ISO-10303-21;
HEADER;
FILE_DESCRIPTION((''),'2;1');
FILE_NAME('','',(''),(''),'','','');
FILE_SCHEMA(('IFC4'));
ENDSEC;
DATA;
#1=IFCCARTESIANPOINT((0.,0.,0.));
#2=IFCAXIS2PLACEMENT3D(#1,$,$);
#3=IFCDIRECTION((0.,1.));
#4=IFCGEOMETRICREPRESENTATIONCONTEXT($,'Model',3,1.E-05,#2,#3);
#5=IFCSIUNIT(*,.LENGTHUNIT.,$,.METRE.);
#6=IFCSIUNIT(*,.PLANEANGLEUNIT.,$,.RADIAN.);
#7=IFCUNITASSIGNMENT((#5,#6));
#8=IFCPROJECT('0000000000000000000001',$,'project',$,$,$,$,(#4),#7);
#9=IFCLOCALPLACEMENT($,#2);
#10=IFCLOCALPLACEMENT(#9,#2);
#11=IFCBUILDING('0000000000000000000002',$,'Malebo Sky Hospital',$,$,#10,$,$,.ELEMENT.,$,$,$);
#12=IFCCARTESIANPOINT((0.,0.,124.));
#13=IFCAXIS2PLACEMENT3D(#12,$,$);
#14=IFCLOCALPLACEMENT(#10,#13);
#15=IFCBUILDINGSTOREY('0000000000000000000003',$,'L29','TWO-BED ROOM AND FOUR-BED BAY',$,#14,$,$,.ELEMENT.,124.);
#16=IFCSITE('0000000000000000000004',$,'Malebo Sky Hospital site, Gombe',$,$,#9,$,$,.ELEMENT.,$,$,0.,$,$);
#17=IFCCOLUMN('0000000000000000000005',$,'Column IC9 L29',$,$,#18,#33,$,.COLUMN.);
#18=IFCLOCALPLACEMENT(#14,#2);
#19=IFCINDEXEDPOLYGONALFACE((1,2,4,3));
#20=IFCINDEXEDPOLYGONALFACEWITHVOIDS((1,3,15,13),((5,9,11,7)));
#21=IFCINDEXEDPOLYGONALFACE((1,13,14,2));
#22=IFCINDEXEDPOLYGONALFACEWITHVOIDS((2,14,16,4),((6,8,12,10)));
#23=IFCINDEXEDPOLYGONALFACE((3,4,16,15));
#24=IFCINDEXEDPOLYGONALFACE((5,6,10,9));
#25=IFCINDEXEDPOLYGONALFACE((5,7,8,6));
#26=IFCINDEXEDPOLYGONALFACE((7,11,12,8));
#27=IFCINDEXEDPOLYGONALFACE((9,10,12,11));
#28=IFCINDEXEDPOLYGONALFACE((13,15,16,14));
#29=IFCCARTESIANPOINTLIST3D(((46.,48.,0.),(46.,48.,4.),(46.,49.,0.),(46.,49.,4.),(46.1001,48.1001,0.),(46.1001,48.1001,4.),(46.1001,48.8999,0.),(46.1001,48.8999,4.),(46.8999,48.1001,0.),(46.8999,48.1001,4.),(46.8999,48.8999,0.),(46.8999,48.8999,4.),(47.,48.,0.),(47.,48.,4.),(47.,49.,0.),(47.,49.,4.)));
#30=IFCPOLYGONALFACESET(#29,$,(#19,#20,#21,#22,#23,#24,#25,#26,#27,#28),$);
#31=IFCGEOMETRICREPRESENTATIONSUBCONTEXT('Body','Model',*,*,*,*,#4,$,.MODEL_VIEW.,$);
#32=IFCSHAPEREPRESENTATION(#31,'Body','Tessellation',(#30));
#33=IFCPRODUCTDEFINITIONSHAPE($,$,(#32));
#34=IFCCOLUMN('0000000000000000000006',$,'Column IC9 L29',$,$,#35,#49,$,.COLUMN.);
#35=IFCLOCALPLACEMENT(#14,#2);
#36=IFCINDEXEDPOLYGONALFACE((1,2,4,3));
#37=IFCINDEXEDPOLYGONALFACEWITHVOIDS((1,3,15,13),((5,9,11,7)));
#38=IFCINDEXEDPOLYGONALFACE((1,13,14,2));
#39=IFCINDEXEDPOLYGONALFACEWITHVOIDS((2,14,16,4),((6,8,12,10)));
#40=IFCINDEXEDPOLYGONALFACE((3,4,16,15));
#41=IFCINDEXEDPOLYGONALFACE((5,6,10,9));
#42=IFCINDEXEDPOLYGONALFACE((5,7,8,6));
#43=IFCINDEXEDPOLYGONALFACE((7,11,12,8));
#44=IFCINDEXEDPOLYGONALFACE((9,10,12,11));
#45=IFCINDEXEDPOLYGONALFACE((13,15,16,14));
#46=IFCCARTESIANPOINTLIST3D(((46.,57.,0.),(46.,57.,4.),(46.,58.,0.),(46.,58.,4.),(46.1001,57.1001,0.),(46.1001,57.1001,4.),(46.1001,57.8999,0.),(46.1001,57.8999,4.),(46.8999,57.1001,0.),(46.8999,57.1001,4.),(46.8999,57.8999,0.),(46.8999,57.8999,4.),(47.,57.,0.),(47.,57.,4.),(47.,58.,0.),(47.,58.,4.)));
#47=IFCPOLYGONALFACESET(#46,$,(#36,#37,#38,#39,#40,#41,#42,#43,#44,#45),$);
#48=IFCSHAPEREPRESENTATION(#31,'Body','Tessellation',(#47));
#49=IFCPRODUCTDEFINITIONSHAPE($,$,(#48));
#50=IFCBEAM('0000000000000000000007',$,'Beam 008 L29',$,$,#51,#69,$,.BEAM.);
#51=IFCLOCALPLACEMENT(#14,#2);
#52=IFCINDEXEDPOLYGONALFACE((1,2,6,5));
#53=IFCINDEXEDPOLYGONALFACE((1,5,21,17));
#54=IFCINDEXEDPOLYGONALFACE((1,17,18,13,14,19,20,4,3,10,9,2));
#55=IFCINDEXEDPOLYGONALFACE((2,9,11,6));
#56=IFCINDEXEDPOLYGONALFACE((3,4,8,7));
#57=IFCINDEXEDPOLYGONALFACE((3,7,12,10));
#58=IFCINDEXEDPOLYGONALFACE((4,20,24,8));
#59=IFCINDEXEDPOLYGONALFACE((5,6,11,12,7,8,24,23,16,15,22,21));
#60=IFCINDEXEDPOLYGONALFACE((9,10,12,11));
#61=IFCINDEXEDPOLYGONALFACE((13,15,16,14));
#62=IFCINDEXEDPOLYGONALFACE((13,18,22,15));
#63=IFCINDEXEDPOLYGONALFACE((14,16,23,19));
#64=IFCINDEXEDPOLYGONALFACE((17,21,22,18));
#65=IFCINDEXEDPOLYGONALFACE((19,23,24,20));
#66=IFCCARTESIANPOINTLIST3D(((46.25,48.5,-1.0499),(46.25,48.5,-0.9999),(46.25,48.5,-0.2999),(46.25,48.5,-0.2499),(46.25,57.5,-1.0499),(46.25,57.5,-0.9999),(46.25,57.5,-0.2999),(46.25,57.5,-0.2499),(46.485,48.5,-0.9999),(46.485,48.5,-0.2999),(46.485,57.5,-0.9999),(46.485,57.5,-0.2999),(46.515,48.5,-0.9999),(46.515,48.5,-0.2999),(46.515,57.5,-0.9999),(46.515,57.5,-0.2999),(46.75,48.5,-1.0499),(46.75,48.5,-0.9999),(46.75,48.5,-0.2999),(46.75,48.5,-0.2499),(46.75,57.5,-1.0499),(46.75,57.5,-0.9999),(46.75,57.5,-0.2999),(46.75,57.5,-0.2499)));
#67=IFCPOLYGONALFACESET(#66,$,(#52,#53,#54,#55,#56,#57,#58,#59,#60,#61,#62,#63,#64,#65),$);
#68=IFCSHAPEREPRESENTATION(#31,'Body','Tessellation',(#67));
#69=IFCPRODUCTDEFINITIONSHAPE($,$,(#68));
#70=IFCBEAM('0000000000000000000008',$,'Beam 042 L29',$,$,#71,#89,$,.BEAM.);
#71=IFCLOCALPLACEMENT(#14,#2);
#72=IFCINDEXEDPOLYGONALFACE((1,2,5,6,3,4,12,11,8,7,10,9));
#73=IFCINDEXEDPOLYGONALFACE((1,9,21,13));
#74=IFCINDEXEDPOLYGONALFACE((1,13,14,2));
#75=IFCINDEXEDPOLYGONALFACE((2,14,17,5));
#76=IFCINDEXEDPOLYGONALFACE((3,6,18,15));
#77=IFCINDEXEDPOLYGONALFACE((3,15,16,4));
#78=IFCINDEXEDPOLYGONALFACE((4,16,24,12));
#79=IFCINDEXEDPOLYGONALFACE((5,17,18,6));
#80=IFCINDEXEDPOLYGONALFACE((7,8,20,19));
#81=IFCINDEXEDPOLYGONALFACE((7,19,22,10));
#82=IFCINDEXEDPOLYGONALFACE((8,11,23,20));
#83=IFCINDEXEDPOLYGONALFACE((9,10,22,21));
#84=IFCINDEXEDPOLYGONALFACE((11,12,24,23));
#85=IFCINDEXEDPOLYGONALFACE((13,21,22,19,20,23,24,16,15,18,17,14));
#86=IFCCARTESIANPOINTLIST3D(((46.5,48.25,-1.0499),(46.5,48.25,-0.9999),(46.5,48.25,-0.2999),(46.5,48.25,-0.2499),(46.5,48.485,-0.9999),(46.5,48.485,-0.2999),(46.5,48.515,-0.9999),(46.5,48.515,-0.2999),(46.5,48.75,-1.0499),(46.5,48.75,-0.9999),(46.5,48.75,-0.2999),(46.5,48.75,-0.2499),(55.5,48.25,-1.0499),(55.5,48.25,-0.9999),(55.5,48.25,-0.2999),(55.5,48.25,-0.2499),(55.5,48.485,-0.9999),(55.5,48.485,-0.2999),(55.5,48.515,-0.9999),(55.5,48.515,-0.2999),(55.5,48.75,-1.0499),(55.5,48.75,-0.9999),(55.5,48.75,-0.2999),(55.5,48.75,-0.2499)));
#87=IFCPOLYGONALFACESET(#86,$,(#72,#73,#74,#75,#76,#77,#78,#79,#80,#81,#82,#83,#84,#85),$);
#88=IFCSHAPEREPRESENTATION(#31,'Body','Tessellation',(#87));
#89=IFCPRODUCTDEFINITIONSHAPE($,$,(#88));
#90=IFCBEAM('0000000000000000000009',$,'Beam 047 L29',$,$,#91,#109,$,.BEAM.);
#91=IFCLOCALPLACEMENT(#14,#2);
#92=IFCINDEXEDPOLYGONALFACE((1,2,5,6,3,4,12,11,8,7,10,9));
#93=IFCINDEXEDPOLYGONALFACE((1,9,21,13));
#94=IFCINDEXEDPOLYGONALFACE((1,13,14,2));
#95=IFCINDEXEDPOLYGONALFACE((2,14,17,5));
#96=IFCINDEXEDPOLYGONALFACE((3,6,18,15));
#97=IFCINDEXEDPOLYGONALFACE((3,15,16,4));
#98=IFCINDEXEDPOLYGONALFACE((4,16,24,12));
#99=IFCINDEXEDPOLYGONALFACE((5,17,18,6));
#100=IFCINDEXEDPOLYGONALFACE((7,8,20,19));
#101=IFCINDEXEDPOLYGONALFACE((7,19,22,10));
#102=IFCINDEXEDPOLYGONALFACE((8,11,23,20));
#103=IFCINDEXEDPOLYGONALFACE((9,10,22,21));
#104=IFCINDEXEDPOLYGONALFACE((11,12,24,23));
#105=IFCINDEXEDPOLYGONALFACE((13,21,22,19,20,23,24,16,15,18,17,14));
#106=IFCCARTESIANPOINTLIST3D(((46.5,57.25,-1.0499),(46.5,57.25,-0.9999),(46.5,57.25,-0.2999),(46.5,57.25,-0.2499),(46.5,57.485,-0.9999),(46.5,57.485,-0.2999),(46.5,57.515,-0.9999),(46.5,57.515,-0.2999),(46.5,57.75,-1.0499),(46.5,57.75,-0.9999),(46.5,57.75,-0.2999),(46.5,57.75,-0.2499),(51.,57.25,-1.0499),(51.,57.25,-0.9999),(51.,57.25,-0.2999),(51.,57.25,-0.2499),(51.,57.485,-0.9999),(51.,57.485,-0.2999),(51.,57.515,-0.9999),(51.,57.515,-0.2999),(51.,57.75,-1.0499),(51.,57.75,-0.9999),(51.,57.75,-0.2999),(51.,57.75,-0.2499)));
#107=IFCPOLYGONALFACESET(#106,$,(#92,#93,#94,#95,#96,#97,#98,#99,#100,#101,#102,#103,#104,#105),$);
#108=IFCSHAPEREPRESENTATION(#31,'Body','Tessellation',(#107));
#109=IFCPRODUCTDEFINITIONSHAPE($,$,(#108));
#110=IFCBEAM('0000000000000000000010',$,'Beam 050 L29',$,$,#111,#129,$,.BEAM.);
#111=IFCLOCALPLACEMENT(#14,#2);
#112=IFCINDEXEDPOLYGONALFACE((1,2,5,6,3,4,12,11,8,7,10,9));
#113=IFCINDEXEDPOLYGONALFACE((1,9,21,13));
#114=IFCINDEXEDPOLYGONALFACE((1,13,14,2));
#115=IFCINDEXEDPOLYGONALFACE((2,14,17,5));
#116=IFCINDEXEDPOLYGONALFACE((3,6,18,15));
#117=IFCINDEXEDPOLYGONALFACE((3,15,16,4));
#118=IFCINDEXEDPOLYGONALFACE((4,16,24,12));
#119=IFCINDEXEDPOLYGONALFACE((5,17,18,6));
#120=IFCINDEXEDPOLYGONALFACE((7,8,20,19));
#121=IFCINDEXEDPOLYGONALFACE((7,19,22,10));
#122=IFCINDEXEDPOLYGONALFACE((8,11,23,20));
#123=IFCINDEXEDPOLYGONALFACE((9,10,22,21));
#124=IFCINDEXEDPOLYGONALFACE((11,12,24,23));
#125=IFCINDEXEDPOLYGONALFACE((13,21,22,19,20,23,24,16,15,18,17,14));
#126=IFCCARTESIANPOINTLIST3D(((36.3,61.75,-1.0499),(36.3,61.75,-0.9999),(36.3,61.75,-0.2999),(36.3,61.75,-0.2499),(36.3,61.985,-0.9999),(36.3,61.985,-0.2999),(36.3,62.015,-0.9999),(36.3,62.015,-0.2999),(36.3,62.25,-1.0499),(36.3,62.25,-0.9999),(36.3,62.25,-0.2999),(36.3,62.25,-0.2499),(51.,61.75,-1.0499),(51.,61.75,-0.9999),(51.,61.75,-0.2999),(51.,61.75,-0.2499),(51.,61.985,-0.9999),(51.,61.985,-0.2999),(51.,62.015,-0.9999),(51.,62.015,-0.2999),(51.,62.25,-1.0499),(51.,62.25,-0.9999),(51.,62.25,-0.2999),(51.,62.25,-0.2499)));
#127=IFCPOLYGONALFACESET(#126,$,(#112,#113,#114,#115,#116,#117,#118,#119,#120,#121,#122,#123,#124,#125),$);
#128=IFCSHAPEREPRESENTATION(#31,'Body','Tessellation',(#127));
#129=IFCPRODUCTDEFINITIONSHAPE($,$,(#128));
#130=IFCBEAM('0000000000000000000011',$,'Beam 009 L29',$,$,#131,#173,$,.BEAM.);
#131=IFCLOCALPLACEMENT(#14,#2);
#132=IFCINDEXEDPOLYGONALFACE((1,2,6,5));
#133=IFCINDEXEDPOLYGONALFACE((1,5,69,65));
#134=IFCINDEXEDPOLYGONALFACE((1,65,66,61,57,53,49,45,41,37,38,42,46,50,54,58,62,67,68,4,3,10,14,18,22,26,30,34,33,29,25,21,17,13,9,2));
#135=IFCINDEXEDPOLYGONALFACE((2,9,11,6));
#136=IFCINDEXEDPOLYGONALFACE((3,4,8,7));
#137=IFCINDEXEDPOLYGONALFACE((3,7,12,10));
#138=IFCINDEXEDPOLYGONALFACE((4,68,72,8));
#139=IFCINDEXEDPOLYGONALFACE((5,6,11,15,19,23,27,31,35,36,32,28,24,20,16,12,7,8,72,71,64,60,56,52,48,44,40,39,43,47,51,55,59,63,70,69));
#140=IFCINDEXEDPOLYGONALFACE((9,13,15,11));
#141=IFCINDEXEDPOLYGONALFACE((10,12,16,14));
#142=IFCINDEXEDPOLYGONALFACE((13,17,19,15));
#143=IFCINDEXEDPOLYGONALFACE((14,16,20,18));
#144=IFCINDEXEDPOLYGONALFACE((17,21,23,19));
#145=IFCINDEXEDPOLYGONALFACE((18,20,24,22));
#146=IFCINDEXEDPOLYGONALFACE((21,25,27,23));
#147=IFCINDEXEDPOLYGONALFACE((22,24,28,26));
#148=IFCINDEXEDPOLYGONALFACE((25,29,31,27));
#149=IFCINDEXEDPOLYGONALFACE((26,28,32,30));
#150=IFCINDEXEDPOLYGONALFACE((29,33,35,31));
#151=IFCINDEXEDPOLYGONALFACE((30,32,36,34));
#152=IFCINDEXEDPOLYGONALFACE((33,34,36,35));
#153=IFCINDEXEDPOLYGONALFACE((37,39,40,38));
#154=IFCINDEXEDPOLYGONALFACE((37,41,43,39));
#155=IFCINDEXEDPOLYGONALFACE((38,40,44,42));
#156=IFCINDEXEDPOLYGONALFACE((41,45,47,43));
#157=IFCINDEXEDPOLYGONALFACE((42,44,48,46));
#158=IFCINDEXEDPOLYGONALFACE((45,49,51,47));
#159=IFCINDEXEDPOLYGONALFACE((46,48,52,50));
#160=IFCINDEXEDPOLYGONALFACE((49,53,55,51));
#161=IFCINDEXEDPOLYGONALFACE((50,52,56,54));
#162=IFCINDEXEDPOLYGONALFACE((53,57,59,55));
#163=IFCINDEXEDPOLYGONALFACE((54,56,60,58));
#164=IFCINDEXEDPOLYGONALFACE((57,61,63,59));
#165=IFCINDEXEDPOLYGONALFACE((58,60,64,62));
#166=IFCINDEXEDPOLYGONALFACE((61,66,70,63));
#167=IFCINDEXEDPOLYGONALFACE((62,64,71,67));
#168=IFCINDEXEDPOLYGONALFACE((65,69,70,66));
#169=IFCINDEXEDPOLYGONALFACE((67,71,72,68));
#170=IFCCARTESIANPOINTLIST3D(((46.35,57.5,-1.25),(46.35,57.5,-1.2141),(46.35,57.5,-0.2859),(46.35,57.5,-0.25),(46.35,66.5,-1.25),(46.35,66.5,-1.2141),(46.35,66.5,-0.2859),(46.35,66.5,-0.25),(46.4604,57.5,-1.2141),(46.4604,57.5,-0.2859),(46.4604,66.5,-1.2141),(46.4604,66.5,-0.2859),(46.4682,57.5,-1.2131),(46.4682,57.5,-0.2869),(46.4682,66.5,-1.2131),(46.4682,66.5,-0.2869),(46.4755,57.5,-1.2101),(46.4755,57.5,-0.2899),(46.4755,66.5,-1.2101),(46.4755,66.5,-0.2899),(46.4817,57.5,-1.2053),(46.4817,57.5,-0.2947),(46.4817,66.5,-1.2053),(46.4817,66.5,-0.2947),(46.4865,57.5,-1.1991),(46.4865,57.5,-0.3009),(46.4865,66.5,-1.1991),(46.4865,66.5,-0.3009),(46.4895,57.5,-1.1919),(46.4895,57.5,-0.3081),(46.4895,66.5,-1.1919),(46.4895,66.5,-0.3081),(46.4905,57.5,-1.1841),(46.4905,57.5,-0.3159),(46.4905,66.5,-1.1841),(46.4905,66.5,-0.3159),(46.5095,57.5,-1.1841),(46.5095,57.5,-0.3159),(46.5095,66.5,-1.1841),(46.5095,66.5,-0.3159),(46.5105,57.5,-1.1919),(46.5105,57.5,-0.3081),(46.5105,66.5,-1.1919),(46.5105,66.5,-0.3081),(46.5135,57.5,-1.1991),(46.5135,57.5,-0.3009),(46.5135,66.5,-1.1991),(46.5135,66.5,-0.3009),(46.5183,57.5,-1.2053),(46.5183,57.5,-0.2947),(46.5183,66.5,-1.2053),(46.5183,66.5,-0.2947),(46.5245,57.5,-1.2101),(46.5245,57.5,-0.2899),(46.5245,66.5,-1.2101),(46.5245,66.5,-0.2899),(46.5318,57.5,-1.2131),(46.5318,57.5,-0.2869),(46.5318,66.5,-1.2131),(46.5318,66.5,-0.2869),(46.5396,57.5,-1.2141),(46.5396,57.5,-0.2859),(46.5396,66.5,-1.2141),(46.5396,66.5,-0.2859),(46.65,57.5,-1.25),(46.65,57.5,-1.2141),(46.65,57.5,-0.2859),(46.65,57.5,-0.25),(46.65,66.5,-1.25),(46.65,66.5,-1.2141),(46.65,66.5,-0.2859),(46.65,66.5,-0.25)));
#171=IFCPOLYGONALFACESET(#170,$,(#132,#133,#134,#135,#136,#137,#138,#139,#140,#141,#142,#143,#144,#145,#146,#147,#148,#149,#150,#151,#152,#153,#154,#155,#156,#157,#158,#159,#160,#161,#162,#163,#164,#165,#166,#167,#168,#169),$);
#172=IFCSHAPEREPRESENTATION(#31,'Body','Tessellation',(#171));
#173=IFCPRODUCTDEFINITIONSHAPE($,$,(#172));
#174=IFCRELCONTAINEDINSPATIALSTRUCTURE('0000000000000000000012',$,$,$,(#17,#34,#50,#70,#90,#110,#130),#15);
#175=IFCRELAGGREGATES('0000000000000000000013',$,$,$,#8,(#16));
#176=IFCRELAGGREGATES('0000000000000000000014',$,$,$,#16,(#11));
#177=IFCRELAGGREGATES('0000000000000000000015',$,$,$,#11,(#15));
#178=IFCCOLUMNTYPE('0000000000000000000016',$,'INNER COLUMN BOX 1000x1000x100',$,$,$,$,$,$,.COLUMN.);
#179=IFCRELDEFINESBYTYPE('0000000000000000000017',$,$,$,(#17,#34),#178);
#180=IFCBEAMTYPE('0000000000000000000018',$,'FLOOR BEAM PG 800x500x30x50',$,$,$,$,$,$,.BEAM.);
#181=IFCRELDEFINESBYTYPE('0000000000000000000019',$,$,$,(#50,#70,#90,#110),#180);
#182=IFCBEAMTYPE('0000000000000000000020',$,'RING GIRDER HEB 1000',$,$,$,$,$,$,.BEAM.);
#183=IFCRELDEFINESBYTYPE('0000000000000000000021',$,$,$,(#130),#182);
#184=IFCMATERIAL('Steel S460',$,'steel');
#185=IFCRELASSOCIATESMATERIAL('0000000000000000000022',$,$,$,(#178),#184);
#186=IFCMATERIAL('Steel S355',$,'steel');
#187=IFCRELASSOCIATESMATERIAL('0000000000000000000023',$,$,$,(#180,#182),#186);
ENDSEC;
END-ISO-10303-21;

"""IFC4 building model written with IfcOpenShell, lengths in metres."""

from ifc_helpers import new_model, si_unit, direction, frame, origin, origin_2d, place, context, subcontext, project, spatial, hollow_rectangle, i_section, extrude, material, material_profile, profile_set, type_object, element, save


model = new_model("IFC4")

# Units and contexts
model_context = context("Model", 3, precision=1e-05, world=origin(), true_north=direction((0.0, 1.0)))
body_context = subcontext(model_context, "Body", "Model", "MODEL_VIEW")
ifc_project = project(units=[si_unit("LENGTHUNIT", "METRE"), si_unit("PLANEANGLEUNIT", "RADIAN")], contexts=[model_context])

# Site, building, storey
site_placement = place(None, origin())
site = spatial("IfcSite", under=ifc_project, at=site_placement, Name="Malebo Sky Hospital site, Gombe", CompositionType="ELEMENT", RefElevation=0.0)
building_placement = place(site_placement, origin())
building = spatial("IfcBuilding", under=site, at=building_placement, Name="Malebo Sky Hospital", CompositionType="ELEMENT")
storey_placement = place(building_placement, frame((0.0, 0.0, 124.0)))
storey = spatial("IfcBuildingStorey", under=building, at=storey_placement, Name="L29", Description="TWO-BED ROOM AND FOUR-BED BAY", CompositionType="ELEMENT", Elevation=124.0)

# Columns
ifc_material_1 = material(Name="Steel S460", Category="steel")
ifc_material_profile_1 = material_profile(ifc_material_1, hollow_rectangle(XDim=1.0, YDim=1.0, WallThickness=0.1001, at=origin_2d()), Name="BOX 1000x1000x100")
ifc_profile_set_1 = profile_set([ifc_material_profile_1], Name="Steel S460")
column_type = type_object("IfcColumnType", Name="INNER COLUMN BOX 1000x1000x100", PredefinedType="COLUMN", material=ifc_profile_set_1)
for number, where, z_axis, x_axis, name in (
    (1, (46.5, 48.5, 0.0), (0.0, 0.0, 1.0), (1.0, 0.0, 0.0), "Column IC9 L29"),
    (2, (46.5, 57.5, 0.0), (0.0, 0.0, 1.0), (1.0, 0.0, 0.0), "Column IC9 L29"),
):
    element("IfcColumn", number, at=place(storey_placement, frame(where, z_axis=z_axis, x_axis=x_axis)), inside=storey, type_object=column_type, Name=name, PredefinedType="COLUMN", context=body_context, shape_type="SweptSolid", body=[
        extrude(hollow_rectangle(XDim=1.0, YDim=1.0, WallThickness=0.1001, at=origin_2d()), origin(), (0.0, 0.0, 1.0), 4.0),
    ])

# Beams
ifc_material_2 = material(Name="Steel S355", Category="steel")
ifc_material_profile_2 = material_profile(ifc_material_2, i_section(OverallWidth=0.5, OverallDepth=0.8, WebThickness=0.03, FlangeThickness=0.05, at=origin_2d()), Name="PG 800x500x30x50")
ifc_profile_set_2 = profile_set([ifc_material_profile_2], Name="Steel S355")
beam_type_1 = type_object("IfcBeamType", Name="FLOOR BEAM PG 800x500x30x50", PredefinedType="BEAM", material=ifc_profile_set_2)
for number, where, z_axis, x_axis, name in (
    (3, (46.5, 48.5, -0.6499), (0.0, 1.0, 0.0), (-1.0, 0.0, 0.0), "Beam 008 L29"),
    (4, (46.5, 48.5, -0.6499), (1.0, 0.0, 0.0), (0.0, 1.0, 0.0), "Beam 042 L29"),
):
    element("IfcBeam", number, at=place(storey_placement, frame(where, z_axis=z_axis, x_axis=x_axis)), inside=storey, type_object=beam_type_1, Name=name, PredefinedType="BEAM", context=body_context, shape_type="SweptSolid", body=[
        extrude(i_section(OverallWidth=0.5, OverallDepth=0.8, WebThickness=0.03, FlangeThickness=0.05, at=origin_2d()), origin(), (0.0, 0.0, 1.0), 9.0),
    ])
beam_1_placement = place(storey_placement, frame((46.5, 57.5, -0.6499), z_axis=(1.0, 0.0, 0.0), x_axis=(0.0, 1.0, 0.0)))
element("IfcBeam", 5, at=beam_1_placement, inside=storey, type_object=beam_type_1, Name="Beam 047 L29", PredefinedType="BEAM", context=body_context, shape_type="SweptSolid", body=[
    extrude(i_section(OverallWidth=0.5, OverallDepth=0.8, WebThickness=0.03, FlangeThickness=0.05, at=origin_2d()), origin(), (0.0, 0.0, 1.0), 4.5),
])
beam_2_placement = place(storey_placement, frame((36.3, 62.0, -0.6499), z_axis=(1.0, 0.0, 0.0), x_axis=(0.0, 1.0, 0.0)))
element("IfcBeam", 6, at=beam_2_placement, inside=storey, type_object=beam_type_1, Name="Beam 050 L29", PredefinedType="BEAM", context=body_context, shape_type="SweptSolid", body=[
    extrude(i_section(OverallWidth=0.5, OverallDepth=0.8, WebThickness=0.03, FlangeThickness=0.05, at=origin_2d()), origin(), (0.0, 0.0, 1.0), 14.7),
])
ifc_material_profile_3 = material_profile(ifc_material_2, i_section(OverallWidth=0.3, OverallDepth=1.0, WebThickness=0.019, FlangeThickness=0.0359, FilletRadius=0.03, at=origin_2d()), Name="HEB 1000")
ifc_profile_set_3 = profile_set([ifc_material_profile_3], Name="Steel S355")
beam_type_2 = type_object("IfcBeamType", Name="RING GIRDER HEB 1000", PredefinedType="BEAM", material=ifc_profile_set_3)
beam_3_placement = place(storey_placement, frame((46.5, 57.5, -0.75), z_axis=(0.0, 1.0, 0.0), x_axis=(-1.0, 0.0, 0.0)))
element("IfcBeam", 7, at=beam_3_placement, inside=storey, type_object=beam_type_2, Name="Beam 009 L29", PredefinedType="BEAM", context=body_context, shape_type="SweptSolid", body=[
    extrude(i_section(OverallWidth=0.3, OverallDepth=1.0, WebThickness=0.019, FlangeThickness=0.0359, FilletRadius=0.03, at=origin_2d()), origin(), (0.0, 0.0, 1.0), 9.0),
])

save(model, "model.ifc")
